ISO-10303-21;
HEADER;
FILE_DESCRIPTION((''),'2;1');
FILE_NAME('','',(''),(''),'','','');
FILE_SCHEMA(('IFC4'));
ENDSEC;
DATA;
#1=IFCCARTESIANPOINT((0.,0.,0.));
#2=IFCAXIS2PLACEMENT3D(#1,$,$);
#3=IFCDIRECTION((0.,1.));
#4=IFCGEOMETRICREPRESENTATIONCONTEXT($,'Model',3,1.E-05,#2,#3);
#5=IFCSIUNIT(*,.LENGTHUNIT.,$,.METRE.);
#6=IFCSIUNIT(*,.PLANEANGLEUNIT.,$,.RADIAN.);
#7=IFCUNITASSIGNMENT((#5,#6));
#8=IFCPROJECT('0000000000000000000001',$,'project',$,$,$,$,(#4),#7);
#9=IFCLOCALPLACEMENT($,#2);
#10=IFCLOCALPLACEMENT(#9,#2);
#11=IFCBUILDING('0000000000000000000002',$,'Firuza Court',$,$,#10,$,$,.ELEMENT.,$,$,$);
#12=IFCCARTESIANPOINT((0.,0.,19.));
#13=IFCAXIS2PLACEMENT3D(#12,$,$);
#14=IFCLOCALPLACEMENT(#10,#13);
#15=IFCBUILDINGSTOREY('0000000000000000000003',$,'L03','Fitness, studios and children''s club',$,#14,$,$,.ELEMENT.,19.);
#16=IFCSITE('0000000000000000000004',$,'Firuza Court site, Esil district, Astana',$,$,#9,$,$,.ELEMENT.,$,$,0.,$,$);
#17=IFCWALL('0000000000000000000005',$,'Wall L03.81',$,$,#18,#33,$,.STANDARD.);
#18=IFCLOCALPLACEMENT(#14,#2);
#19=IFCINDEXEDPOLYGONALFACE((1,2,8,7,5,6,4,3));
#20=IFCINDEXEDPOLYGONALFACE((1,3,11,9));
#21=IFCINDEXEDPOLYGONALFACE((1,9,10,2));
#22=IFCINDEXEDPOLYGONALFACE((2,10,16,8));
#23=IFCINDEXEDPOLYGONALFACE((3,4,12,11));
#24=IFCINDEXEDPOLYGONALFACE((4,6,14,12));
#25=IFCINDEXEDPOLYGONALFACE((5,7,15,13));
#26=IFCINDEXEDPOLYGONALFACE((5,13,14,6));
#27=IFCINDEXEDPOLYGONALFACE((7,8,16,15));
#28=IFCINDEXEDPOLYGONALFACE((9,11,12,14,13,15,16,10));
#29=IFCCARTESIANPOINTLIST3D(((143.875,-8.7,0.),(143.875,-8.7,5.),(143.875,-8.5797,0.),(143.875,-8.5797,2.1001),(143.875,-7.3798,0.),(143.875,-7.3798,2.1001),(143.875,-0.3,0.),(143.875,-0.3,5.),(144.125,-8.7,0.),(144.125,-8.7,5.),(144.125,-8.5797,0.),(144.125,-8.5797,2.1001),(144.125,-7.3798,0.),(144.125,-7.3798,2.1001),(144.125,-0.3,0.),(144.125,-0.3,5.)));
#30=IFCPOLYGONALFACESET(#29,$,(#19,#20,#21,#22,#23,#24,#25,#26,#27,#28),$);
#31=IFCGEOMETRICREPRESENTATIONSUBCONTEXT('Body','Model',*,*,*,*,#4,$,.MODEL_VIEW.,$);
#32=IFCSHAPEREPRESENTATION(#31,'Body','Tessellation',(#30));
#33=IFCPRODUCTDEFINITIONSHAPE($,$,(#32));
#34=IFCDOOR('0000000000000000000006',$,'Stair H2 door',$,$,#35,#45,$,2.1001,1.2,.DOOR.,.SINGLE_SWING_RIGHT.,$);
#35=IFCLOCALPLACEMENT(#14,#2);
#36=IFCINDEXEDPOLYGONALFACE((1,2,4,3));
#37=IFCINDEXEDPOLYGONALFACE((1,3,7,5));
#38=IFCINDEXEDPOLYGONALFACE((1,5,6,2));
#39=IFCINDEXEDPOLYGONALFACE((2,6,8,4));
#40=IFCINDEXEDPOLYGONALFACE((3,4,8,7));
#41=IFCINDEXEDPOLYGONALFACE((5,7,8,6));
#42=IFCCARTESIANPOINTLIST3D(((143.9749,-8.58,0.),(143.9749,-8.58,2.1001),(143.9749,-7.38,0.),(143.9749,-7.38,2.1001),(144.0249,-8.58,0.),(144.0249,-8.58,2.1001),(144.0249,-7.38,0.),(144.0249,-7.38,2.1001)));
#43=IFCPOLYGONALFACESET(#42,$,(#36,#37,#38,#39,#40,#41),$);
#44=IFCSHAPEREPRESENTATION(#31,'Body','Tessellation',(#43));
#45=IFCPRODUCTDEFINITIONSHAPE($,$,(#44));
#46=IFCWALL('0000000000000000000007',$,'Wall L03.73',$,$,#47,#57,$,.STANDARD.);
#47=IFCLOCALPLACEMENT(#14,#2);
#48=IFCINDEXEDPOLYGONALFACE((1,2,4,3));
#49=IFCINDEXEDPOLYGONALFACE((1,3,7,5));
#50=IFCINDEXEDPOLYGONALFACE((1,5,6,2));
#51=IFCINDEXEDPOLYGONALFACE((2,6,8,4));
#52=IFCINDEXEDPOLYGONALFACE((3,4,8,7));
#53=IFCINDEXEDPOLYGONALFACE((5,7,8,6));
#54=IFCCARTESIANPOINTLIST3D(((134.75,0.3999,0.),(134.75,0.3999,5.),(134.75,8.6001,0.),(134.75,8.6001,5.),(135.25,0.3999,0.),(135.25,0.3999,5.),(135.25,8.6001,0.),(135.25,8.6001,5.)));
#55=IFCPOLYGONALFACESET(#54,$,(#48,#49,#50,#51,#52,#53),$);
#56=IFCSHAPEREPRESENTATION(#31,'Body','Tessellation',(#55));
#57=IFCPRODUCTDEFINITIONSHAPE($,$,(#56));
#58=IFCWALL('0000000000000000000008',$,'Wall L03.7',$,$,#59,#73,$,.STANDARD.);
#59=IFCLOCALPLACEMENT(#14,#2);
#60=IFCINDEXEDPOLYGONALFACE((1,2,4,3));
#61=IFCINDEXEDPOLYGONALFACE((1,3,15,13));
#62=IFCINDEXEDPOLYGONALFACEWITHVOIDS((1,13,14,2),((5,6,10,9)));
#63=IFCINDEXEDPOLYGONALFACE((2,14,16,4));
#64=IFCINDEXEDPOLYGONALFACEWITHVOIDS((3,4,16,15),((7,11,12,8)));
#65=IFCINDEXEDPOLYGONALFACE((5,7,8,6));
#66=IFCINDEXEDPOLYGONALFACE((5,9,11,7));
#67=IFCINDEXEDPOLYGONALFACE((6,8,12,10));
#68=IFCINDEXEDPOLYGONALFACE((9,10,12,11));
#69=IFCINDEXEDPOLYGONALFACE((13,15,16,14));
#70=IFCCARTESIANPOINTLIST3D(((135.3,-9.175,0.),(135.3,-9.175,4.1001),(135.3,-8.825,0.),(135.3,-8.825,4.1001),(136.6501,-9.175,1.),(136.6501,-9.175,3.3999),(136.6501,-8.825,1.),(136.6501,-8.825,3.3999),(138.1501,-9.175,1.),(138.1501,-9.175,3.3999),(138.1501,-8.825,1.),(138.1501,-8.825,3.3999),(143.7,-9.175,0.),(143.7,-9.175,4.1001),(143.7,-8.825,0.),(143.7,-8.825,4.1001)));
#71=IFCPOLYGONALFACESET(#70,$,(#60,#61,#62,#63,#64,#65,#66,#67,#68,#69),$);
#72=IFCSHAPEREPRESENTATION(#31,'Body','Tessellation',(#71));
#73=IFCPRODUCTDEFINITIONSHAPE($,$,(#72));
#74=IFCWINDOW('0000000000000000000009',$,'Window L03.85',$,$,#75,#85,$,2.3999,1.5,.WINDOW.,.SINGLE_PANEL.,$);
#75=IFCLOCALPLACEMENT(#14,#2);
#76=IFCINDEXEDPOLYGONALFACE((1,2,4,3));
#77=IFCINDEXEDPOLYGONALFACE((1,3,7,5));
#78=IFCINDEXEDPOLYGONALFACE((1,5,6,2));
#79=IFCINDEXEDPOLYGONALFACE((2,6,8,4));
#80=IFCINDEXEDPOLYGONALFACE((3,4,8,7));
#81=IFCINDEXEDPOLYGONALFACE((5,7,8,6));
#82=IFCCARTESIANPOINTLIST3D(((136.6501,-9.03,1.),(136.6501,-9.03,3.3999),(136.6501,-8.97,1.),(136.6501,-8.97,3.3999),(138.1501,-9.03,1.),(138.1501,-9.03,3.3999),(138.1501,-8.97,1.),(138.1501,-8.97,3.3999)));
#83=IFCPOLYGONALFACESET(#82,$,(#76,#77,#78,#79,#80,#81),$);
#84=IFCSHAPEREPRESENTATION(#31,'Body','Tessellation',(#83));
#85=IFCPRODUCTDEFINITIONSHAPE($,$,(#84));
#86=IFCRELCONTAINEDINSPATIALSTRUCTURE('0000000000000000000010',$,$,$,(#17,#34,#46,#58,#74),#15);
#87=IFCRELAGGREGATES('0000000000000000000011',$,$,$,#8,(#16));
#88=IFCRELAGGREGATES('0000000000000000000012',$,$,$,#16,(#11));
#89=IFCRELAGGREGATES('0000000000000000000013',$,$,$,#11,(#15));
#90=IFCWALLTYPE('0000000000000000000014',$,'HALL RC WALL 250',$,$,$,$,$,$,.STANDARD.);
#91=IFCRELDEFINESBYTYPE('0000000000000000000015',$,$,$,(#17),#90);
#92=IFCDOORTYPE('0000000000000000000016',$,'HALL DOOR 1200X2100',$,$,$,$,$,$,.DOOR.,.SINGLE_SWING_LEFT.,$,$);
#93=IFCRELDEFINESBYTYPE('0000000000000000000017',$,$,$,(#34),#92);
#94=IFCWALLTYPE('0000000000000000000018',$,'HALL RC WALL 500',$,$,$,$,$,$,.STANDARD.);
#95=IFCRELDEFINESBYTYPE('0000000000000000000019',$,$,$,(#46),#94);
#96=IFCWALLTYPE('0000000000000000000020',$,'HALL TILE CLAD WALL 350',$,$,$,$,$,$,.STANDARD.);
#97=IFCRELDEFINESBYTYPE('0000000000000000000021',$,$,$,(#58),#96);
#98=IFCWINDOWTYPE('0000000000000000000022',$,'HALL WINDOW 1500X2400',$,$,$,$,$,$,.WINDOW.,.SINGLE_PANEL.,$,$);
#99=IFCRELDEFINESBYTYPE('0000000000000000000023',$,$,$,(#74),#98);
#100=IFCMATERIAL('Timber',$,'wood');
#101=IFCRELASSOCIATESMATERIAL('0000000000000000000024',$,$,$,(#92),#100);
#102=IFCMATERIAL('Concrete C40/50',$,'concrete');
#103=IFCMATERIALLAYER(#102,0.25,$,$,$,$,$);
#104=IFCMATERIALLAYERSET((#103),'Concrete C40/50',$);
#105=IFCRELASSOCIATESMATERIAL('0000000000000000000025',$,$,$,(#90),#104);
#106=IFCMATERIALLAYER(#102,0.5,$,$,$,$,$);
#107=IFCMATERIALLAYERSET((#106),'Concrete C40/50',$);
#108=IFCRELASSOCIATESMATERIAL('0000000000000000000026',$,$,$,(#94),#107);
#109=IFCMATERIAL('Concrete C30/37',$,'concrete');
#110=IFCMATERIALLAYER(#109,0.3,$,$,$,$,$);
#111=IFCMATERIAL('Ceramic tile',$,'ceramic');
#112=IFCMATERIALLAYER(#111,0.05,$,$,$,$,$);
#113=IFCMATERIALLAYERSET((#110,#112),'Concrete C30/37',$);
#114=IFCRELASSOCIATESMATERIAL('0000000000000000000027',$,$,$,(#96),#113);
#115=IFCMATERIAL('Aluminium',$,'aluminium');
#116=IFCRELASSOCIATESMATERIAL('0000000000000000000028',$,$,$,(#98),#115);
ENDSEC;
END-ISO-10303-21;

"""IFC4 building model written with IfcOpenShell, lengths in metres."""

from ifc_helpers import new_model, si_unit, direction, frame, frame_2d, origin, place, context, subcontext, project, spatial, rectangle, extrude, material, layer, layer_set, type_object, element, fill, save


model = new_model("IFC4")

# Units and contexts
model_context = context("Model", 3, precision=1e-05, world=origin(), true_north=direction((0.0, 1.0)))
body_context = subcontext(model_context, "Body", "Model", "MODEL_VIEW")
ifc_project = project(units=[si_unit("LENGTHUNIT", "METRE"), si_unit("PLANEANGLEUNIT", "RADIAN")], contexts=[model_context])

# Site, building, storey
site_placement = place(None, origin())
site = spatial("IfcSite", under=ifc_project, at=site_placement, Name="Firuza Court site, Esil district, Astana", CompositionType="ELEMENT", RefElevation=0.0)
building_placement = place(site_placement, origin())
building = spatial("IfcBuilding", under=site, at=building_placement, Name="Firuza Court", CompositionType="ELEMENT")
storey_placement = place(building_placement, frame((0.0, 0.0, 19.0)))
storey = spatial("IfcBuildingStorey", under=building, at=storey_placement, Name="L03", Description="Fitness, studios and children's club", CompositionType="ELEMENT", Elevation=19.0)

# Shared definitions
ifc_material_1 = material(Name="Timber", Category="wood")
door_type_1 = type_object("IfcDoorType", Name="HALL DOOR 1200X2100", OperationType="SINGLE_SWING_LEFT", PredefinedType="DOOR", material=ifc_material_1)

# Wall, opening, door
ifc_material_2 = material(Name="Concrete C40/50", Category="concrete")
ifc_layer_1 = layer(ifc_material_2, 0.25)
ifc_layer_set_1 = layer_set([ifc_layer_1], Name="Concrete C40/50")
wall_type_1 = type_object("IfcWallType", Name="HALL RC WALL 250", PredefinedType="STANDARD", material=ifc_layer_set_1)
wall_1_placement = place(storey_placement, frame((144.0, -8.7, 0.0), z_axis=(0.0, 0.0, 1.0), x_axis=(0.0, 1.0, 0.0)))
wall_1 = element("IfcWall", 1, at=wall_1_placement, inside=storey, type_object=wall_type_1, Name="Wall L03.81", PredefinedType="STANDARD", context=body_context, shape_type="SweptSolid", body=[
    extrude(rectangle(XDim=8.3999, YDim=0.25, at=frame_2d((4.2, 0.0))), origin(), (0.0, 0.0, 1.0), 5.0),
])
opening_1_placement = place(wall_1_placement, frame((0.1201, 0.0, 0.0)))
opening_1 = element("IfcOpeningElement", 2, at=opening_1_placement, cuts=wall_1, PredefinedType="OPENING", context=body_context, shape_type="SweptSolid", body=[
    extrude(rectangle(XDim=1.2, YDim=2.1001, at=frame_2d((0.6001, 1.05))), frame((0.0, 0.137, 0.0), z_axis=(0.0, -1.0, 0.0), x_axis=(1.0, 0.0, 0.0)), (0.0, 0.0, 1.0), 0.2739),
])
door_1_placement = place(opening_1_placement, frame((1.2, 0.0, 0.0), z_axis=(0.0, 0.0, 1.0), x_axis=(-1.0, 0.0, 0.0)))
door_1 = element("IfcDoor", 3, at=door_1_placement, inside=storey, type_object=door_type_1, Name="Stair H2 door", OperationType="SINGLE_SWING_RIGHT", OverallHeight=2.1001, OverallWidth=1.2, PredefinedType="DOOR", context=body_context, shape_type="SweptSolid", body=[
    extrude(rectangle(XDim=1.2, YDim=2.1001, at=frame_2d((0.6001, 1.05))), frame((0.0, 0.0249, 0.0), z_axis=(0.0, -1.0, 0.0), x_axis=(1.0, 0.0, 0.0)), (0.0, 0.0, 1.0), 0.05),
])
fill(opening_1, door_1)

# Wall
ifc_layer_2 = layer(ifc_material_2, 0.5)
ifc_layer_set_2 = layer_set([ifc_layer_2], Name="Concrete C40/50")
wall_type_2 = type_object("IfcWallType", Name="HALL RC WALL 500", PredefinedType="STANDARD", material=ifc_layer_set_2)
wall_2_placement = place(storey_placement, frame((135.0, 0.3999, 0.0), z_axis=(0.0, 0.0, 1.0), x_axis=(0.0, 1.0, 0.0)))
element("IfcWall", 4, at=wall_2_placement, inside=storey, type_object=wall_type_2, Name="Wall L03.73", PredefinedType="STANDARD", context=body_context, shape_type="SweptSolid", body=[
    extrude(rectangle(XDim=8.2002, YDim=0.5, at=frame_2d((4.1001, 0.0))), origin(), (0.0, 0.0, 1.0), 5.0),
])

# Wall, opening, window
ifc_material_3 = material(Name="Concrete C30/37", Category="concrete")
ifc_layer_3 = layer(ifc_material_3, 0.3)
ifc_material_4 = material(Name="Ceramic tile", Category="ceramic")
ifc_layer_4 = layer(ifc_material_4, 0.05)
ifc_layer_set_3 = layer_set([ifc_layer_3, ifc_layer_4], Name="Concrete C30/37")
wall_type_3 = type_object("IfcWallType", Name="HALL TILE CLAD WALL 350", PredefinedType="STANDARD", material=ifc_layer_set_3)
wall_3_placement = place(storey_placement, frame((135.3, -9.0, 0.0), z_axis=(0.0, 0.0, 1.0), x_axis=(1.0, 0.0, 0.0)))
wall_3 = element("IfcWall", 5, at=wall_3_placement, inside=storey, type_object=wall_type_3, Name="Wall L03.7", PredefinedType="STANDARD", context=body_context, shape_type="SweptSolid", body=[
    extrude(rectangle(XDim=8.3999, YDim=0.3501, at=frame_2d((4.2, 0.0))), origin(), (0.0, 0.0, 1.0), 4.1001),
])
opening_2_placement = place(wall_3_placement, frame((1.3501, 0.0, 1.0)))
opening_2 = element("IfcOpeningElement", 6, at=opening_2_placement, cuts=wall_3, PredefinedType="OPENING", context=body_context, shape_type="SweptSolid", body=[
    extrude(rectangle(XDim=1.5, YDim=2.3999, at=frame_2d((0.75, 1.2))), frame((0.0, 0.187, 0.0), z_axis=(0.0, -1.0, 0.0), x_axis=(1.0, 0.0, 0.0)), (0.0, 0.0, 1.0), 0.374),
])
ifc_material_5 = material(Name="Aluminium", Category="aluminium")
window_type = type_object("IfcWindowType", Name="HALL WINDOW 1500X2400", PartitioningType="SINGLE_PANEL", PredefinedType="WINDOW", material=ifc_material_5)
window_placement = place(opening_2_placement, origin())
window = element("IfcWindow", 7, at=window_placement, inside=storey, type_object=window_type, Name="Window L03.85", OverallHeight=2.3999, OverallWidth=1.5, PartitioningType="SINGLE_PANEL", PredefinedType="WINDOW", context=body_context, shape_type="SweptSolid", body=[
    extrude(rectangle(XDim=1.5, YDim=2.3999, at=frame_2d((0.75, 1.2))), frame((0.0, 0.03, 0.0), z_axis=(0.0, -1.0, 0.0), x_axis=(1.0, 0.0, 0.0)), (0.0, 0.0, 1.0), 0.0601),
])
fill(opening_2, window)

save(model, "model.ifc")
